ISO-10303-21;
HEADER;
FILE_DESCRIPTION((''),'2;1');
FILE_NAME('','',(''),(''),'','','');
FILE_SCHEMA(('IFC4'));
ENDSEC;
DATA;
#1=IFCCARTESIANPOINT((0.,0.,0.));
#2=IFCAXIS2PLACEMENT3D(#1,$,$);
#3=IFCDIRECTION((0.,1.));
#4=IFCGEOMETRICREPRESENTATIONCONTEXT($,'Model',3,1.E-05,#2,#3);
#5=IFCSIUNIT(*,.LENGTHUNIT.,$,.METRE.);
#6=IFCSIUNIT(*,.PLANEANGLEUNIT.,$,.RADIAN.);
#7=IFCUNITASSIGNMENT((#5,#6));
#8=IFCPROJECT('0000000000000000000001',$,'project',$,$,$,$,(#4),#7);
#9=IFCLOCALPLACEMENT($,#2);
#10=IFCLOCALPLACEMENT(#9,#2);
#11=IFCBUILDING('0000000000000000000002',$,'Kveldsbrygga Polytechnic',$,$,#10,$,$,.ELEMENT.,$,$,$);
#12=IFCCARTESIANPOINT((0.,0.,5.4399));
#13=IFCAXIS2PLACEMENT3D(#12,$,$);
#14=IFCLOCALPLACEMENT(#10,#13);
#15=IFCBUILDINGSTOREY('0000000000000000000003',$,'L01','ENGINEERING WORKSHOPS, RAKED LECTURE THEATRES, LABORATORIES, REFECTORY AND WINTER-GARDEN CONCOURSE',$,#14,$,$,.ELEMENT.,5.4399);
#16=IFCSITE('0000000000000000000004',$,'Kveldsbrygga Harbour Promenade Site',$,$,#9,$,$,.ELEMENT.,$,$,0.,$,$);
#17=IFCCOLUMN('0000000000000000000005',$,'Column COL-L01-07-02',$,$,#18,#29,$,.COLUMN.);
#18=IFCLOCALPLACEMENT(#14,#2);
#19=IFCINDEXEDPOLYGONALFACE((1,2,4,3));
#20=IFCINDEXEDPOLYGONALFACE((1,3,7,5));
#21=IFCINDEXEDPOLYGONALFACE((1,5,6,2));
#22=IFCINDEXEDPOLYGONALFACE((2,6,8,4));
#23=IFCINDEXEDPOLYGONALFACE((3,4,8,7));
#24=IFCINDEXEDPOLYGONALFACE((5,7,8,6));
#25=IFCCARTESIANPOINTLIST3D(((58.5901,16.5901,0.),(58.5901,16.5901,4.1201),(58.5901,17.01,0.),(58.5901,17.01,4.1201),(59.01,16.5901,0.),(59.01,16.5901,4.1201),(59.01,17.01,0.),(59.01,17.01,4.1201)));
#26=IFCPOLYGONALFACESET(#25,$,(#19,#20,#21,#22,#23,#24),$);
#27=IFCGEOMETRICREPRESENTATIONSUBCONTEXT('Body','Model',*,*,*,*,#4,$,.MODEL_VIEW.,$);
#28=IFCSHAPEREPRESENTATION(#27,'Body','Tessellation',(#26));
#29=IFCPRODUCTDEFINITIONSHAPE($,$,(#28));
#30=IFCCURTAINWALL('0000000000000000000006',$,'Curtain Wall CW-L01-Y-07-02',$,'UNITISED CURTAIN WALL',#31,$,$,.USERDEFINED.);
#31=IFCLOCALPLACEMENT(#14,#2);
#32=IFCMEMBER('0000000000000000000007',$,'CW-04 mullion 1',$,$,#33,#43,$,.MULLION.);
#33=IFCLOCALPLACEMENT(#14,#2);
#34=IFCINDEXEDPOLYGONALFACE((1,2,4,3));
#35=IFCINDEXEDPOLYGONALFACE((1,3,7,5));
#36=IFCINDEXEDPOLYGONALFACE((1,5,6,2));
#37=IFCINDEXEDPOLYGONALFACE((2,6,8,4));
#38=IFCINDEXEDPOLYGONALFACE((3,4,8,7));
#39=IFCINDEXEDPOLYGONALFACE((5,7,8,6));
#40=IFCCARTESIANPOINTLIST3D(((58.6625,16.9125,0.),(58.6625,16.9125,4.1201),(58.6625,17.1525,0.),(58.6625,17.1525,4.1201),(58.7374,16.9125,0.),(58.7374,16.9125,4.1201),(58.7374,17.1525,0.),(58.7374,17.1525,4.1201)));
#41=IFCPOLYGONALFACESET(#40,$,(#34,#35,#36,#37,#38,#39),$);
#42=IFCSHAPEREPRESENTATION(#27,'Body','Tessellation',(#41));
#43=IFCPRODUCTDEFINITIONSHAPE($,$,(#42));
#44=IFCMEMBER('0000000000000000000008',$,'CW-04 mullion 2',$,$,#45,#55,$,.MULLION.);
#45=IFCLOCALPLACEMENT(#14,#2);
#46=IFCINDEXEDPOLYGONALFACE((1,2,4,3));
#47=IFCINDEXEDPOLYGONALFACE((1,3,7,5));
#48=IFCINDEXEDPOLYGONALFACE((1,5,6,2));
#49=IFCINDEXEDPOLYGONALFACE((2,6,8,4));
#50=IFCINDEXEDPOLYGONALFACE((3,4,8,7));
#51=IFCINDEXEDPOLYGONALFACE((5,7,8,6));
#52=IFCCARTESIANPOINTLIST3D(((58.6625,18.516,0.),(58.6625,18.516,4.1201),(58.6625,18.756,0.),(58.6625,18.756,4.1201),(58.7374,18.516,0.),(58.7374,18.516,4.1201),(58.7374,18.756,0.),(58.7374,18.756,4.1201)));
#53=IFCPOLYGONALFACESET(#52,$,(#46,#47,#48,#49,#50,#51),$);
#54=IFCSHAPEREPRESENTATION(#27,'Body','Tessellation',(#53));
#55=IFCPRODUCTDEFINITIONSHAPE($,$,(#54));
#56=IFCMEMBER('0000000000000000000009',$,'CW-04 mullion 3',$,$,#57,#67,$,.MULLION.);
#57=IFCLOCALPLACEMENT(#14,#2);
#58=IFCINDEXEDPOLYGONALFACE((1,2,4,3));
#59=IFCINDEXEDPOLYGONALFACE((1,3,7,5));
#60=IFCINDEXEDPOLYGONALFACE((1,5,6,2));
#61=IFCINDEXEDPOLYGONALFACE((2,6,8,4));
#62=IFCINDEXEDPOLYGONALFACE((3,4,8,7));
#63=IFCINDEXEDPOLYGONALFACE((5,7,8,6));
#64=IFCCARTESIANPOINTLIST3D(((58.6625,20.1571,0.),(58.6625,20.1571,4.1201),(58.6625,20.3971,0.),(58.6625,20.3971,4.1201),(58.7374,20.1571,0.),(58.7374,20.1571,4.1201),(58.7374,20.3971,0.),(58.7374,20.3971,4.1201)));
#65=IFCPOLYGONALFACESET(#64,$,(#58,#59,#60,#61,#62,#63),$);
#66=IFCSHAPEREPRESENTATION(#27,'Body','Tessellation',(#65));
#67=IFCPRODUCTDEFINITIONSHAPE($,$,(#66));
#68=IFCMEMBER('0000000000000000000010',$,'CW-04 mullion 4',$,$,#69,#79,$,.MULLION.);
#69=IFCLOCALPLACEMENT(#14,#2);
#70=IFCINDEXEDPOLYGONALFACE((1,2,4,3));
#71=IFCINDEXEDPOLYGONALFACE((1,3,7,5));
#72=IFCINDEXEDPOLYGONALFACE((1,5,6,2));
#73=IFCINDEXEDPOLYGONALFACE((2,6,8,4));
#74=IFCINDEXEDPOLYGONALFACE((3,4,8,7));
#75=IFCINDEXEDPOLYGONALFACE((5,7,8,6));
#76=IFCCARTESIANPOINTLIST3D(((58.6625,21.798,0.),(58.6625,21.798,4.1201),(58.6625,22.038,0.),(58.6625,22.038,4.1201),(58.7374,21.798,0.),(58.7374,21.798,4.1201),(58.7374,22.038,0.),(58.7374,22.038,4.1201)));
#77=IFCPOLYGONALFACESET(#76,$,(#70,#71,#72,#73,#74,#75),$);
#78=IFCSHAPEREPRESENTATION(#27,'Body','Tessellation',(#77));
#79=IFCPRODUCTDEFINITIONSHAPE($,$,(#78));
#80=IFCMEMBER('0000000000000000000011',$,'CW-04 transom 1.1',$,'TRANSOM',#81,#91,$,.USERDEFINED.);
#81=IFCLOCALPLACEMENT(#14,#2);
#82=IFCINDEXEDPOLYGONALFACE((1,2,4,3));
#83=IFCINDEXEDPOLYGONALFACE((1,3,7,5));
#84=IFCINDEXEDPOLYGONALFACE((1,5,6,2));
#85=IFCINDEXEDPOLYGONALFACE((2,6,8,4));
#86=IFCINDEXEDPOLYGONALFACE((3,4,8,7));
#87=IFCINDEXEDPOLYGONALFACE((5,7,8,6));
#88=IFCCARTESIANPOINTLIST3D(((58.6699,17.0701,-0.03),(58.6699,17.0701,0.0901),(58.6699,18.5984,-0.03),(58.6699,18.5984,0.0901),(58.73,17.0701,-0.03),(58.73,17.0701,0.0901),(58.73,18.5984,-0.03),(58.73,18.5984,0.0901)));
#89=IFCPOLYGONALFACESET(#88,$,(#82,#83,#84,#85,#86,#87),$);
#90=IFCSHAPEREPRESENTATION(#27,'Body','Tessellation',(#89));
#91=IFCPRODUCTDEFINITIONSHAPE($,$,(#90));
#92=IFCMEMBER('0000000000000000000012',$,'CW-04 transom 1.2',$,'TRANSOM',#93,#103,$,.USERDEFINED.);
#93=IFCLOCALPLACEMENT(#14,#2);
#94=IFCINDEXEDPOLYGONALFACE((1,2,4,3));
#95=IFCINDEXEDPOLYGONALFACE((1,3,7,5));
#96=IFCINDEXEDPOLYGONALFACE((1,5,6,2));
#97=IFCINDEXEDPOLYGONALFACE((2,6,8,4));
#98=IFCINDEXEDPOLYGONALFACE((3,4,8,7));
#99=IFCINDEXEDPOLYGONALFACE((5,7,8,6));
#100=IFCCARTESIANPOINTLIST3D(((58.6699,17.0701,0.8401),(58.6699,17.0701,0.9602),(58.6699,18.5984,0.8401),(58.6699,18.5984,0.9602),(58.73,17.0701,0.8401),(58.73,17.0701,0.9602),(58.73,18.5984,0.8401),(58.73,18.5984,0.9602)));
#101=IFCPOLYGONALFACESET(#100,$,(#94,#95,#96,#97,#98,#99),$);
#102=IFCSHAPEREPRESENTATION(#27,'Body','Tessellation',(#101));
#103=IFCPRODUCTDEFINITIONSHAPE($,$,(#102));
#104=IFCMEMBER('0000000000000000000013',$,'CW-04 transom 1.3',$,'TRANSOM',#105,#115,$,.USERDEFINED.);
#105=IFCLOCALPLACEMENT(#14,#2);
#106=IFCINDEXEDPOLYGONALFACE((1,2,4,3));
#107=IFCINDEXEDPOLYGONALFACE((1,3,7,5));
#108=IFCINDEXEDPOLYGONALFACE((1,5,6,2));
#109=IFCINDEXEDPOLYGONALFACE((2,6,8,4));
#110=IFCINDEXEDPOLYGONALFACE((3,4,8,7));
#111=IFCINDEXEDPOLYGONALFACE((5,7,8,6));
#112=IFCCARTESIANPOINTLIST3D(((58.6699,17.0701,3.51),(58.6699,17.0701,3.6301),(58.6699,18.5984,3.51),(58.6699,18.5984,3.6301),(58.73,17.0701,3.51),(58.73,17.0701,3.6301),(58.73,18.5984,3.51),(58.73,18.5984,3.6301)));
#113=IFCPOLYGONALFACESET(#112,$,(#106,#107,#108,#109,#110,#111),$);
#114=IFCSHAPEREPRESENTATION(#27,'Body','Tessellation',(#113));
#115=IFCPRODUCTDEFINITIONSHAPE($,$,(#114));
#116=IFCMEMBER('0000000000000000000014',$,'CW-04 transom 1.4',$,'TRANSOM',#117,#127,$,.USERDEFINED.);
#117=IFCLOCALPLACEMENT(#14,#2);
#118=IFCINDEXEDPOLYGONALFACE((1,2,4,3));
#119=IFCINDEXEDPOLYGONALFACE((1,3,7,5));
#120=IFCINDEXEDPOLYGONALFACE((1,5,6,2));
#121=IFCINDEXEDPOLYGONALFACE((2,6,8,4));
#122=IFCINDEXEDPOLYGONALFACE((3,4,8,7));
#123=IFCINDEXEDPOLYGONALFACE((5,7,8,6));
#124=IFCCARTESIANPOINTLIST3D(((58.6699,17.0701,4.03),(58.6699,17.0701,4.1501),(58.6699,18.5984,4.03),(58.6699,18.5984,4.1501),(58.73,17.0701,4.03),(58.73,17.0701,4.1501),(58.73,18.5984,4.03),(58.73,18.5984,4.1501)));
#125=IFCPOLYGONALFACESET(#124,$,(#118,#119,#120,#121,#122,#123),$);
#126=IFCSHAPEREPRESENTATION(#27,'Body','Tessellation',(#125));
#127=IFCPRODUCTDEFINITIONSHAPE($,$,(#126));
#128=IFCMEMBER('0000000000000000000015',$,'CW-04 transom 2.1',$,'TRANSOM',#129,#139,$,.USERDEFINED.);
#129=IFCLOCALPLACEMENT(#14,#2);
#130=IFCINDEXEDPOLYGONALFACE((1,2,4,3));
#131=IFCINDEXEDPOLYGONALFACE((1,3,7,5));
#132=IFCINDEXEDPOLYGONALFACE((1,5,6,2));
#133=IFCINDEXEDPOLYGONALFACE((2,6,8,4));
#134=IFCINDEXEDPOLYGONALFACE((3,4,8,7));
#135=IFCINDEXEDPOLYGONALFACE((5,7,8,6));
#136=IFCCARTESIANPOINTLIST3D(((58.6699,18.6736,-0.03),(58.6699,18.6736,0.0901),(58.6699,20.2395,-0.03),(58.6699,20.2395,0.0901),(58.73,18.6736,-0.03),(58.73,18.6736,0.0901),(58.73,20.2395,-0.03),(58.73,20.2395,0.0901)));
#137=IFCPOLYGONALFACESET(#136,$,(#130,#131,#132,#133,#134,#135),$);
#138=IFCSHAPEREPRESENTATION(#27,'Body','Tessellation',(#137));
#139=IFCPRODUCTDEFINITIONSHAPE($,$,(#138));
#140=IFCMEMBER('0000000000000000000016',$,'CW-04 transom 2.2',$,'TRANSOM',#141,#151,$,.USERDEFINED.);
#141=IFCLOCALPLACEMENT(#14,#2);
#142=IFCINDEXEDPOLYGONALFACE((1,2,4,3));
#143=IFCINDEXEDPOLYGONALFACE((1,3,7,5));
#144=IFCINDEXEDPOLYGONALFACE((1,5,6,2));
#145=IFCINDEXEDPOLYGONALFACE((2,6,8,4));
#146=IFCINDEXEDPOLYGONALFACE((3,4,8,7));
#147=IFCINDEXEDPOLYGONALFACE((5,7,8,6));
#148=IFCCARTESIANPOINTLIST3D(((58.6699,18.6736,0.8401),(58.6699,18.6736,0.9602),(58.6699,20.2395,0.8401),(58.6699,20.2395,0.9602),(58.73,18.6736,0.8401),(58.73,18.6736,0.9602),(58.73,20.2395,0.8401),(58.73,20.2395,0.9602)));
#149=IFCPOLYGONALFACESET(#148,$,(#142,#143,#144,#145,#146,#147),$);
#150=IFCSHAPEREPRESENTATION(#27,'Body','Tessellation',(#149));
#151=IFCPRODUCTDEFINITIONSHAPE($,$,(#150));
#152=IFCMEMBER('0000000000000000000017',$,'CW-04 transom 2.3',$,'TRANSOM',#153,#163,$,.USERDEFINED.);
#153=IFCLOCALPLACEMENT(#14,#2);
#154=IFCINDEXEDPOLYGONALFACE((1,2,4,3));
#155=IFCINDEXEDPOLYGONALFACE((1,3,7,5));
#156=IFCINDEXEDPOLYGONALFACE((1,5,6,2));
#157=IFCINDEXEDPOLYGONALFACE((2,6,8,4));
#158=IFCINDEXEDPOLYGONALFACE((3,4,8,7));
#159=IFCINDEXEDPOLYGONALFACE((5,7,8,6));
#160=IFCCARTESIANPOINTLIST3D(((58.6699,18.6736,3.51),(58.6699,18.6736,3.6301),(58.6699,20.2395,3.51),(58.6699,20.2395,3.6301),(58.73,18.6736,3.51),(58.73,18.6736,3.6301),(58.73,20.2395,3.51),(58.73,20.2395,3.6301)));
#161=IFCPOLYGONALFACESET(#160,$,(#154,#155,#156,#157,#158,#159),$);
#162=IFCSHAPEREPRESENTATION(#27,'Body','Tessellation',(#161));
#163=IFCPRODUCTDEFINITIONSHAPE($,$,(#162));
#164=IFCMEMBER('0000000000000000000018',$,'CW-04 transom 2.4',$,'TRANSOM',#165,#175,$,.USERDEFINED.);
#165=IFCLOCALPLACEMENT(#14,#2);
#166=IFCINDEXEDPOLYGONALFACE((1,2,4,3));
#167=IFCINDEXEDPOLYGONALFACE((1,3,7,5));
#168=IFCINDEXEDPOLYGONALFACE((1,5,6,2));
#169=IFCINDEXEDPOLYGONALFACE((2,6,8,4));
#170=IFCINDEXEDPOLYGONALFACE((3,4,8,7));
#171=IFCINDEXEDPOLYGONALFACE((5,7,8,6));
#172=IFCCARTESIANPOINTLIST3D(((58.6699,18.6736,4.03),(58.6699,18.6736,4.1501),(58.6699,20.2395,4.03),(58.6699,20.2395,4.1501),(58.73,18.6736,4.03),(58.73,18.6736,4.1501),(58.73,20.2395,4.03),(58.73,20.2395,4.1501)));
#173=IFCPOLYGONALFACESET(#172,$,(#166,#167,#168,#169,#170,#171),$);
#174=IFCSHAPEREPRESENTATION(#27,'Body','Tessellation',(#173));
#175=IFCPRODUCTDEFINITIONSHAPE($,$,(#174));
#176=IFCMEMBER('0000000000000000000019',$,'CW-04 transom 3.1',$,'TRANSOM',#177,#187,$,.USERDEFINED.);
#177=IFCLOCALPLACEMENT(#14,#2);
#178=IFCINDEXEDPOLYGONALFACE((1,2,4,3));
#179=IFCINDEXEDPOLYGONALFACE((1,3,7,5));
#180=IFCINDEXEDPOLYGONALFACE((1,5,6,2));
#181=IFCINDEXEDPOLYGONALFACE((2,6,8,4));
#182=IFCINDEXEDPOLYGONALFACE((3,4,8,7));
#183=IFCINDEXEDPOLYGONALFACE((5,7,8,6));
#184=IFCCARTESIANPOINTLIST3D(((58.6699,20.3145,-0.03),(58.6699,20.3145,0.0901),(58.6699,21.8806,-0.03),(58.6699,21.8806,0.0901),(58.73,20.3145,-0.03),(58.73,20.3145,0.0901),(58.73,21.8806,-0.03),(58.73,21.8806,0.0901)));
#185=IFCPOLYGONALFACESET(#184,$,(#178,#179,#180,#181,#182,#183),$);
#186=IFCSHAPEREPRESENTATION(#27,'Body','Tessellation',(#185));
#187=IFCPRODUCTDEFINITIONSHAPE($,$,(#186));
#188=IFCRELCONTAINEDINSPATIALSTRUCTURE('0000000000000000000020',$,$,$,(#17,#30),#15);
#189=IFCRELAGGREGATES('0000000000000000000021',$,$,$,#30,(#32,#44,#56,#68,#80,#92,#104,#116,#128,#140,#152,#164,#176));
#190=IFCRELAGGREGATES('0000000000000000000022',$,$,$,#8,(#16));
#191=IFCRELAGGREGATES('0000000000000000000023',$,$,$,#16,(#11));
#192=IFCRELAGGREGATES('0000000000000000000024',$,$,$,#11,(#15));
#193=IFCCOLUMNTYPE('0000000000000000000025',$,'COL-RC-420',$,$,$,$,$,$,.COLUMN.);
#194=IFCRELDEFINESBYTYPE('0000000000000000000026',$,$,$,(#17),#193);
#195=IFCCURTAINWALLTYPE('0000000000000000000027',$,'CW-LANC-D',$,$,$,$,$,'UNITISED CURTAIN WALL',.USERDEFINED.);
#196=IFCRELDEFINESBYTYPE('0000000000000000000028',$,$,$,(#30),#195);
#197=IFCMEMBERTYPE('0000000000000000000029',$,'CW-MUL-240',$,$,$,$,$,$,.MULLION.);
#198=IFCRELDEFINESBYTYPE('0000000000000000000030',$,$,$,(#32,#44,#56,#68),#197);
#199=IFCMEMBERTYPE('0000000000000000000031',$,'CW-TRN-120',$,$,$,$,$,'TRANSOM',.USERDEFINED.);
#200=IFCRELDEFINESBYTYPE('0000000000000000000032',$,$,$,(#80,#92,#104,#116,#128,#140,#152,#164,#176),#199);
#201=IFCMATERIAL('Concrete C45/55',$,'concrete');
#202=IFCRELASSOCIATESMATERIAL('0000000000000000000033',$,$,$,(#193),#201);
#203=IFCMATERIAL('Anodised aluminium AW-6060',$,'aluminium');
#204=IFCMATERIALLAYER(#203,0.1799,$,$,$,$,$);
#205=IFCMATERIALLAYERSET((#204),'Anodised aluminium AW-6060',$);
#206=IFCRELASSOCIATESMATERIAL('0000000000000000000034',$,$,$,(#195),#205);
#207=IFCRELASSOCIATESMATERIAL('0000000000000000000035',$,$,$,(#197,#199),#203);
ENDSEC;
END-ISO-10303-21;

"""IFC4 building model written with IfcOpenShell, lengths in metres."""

from ifc_helpers import new_model, si_unit, direction, frame, origin, origin_2d, place, context, subcontext, project, spatial, rectangle, extrude, material, layer, layer_set, material_profile, profile_set, type_object, element, aggregate, save


model = new_model("IFC4")

# Units and contexts
model_context = context("Model", 3, precision=1e-05, world=origin(), true_north=direction((0.0, 1.0)))
body_context = subcontext(model_context, "Body", "Model", "MODEL_VIEW")
ifc_project = project(units=[si_unit("LENGTHUNIT", "METRE"), si_unit("PLANEANGLEUNIT", "RADIAN")], contexts=[model_context])

# Site, building, storey
site_placement = place(None, origin())
site = spatial("IfcSite", under=ifc_project, at=site_placement, Name="Kveldsbrygga Harbour Promenade Site", CompositionType="ELEMENT", RefElevation=0.0)
building_placement = place(site_placement, origin())
building = spatial("IfcBuilding", under=site, at=building_placement, Name="Kveldsbrygga Polytechnic", CompositionType="ELEMENT")
storey_placement = place(building_placement, frame((0.0, 0.0, 5.4399)))
storey = spatial("IfcBuildingStorey", under=building, at=storey_placement, Name="L01", Description="ENGINEERING WORKSHOPS, RAKED LECTURE THEATRES, LABORATORIES, REFECTORY AND WINTER-GARDEN CONCOURSE", CompositionType="ELEMENT", Elevation=5.4399)

# Column
ifc_material_1 = material(Name="Concrete C45/55", Category="concrete")
ifc_material_profile_1 = material_profile(ifc_material_1, rectangle(XDim=0.4199, YDim=0.4199, at=origin_2d()), Name="RC 420x420")
ifc_profile_set_1 = profile_set([ifc_material_profile_1], Name="Concrete C45/55")
column_type = type_object("IfcColumnType", Name="COL-RC-420", PredefinedType="COLUMN", material=ifc_profile_set_1)
column_placement = place(storey_placement, frame((58.8, 16.8, 0.0), z_axis=(0.0, 0.0, 1.0), x_axis=(1.0, 0.0, 0.0)))
element("IfcColumn", 1, at=column_placement, inside=storey, type_object=column_type, Name="Column COL-L01-07-02", PredefinedType="COLUMN", context=body_context, shape_type="SweptSolid", body=[
    extrude(rectangle(XDim=0.4199, YDim=0.4199, at=origin_2d()), origin(), (0.0, 0.0, 1.0), 4.1201),
])

# Curtain wall, members
ifc_material_2 = material(Name="Anodised aluminium AW-6060", Category="aluminium")
ifc_layer_1 = layer(ifc_material_2, 0.1799)
ifc_layer_set_1 = layer_set([ifc_layer_1], Name="Anodised aluminium AW-6060")
curtain_wall_type = type_object("IfcCurtainWallType", Name="CW-LANC-D", ElementType="UNITISED CURTAIN WALL", PredefinedType="USERDEFINED", material=ifc_layer_set_1)
curtain_wall_placement = place(storey_placement, origin())
curtain_wall = element("IfcCurtainWall", 2, at=curtain_wall_placement, inside=storey, type_object=curtain_wall_type, Name="Curtain Wall CW-L01-Y-07-02", ObjectType="UNITISED CURTAIN WALL", PredefinedType="USERDEFINED")
ifc_material_profile_2 = material_profile(ifc_material_2, rectangle(XDim=0.075, YDim=0.24, at=origin_2d()), Name="ALU 75x240")
ifc_profile_set_2 = profile_set([ifc_material_profile_2], Name="Anodised aluminium AW-6060")
member_type_1 = type_object("IfcMemberType", Name="CW-MUL-240", PredefinedType="MULLION", material=ifc_profile_set_2)
member_1_placement = place(storey_placement, frame((58.7, 17.0325, 0.0), z_axis=(0.0, 0.0, 1.0), x_axis=(-1.0, 0.0, 0.0)))
member_1 = element("IfcMember", 3, at=member_1_placement, type_object=member_type_1, Name="CW-04 mullion 1", PredefinedType="MULLION", context=body_context, shape_type="SweptSolid", body=[
    extrude(rectangle(XDim=0.075, YDim=0.24, at=origin_2d()), origin(), (0.0, 0.0, 1.0), 4.1201),
])
member_2_placement = place(storey_placement, frame((58.7, 18.636, 0.0), z_axis=(0.0, 0.0, 1.0), x_axis=(-1.0, 0.0, 0.0)))
member_2 = element("IfcMember", 4, at=member_2_placement, type_object=member_type_1, Name="CW-04 mullion 2", PredefinedType="MULLION", context=body_context, shape_type="SweptSolid", body=[
    extrude(rectangle(XDim=0.075, YDim=0.24, at=origin_2d()), origin(), (0.0, 0.0, 1.0), 4.1201),
])
member_3_placement = place(storey_placement, frame((58.7, 20.2771, 0.0), z_axis=(0.0, 0.0, 1.0), x_axis=(-1.0, 0.0, 0.0)))
member_3 = element("IfcMember", 5, at=member_3_placement, type_object=member_type_1, Name="CW-04 mullion 3", PredefinedType="MULLION", context=body_context, shape_type="SweptSolid", body=[
    extrude(rectangle(XDim=0.075, YDim=0.24, at=origin_2d()), origin(), (0.0, 0.0, 1.0), 4.1201),
])
member_4_placement = place(storey_placement, frame((58.7, 21.918, 0.0), z_axis=(0.0, 0.0, 1.0), x_axis=(-1.0, 0.0, 0.0)))
member_4 = element("IfcMember", 6, at=member_4_placement, type_object=member_type_1, Name="CW-04 mullion 4", PredefinedType="MULLION", context=body_context, shape_type="SweptSolid", body=[
    extrude(rectangle(XDim=0.075, YDim=0.24, at=origin_2d()), origin(), (0.0, 0.0, 1.0), 4.1201),
])
ifc_material_profile_3 = material_profile(ifc_material_2, rectangle(XDim=0.0601, YDim=0.1201, at=origin_2d()), Name="ALU 60x120")
ifc_profile_set_3 = profile_set([ifc_material_profile_3], Name="Anodised aluminium AW-6060")
member_type_2 = type_object("IfcMemberType", Name="CW-TRN-120", ElementType="TRANSOM", PredefinedType="USERDEFINED", material=ifc_profile_set_3)
member_5_placement = place(storey_placement, frame((58.7, 17.0701, 0.03), z_axis=(0.0, 1.0, 0.0), x_axis=(-1.0, 0.0, 0.0)))
member_5 = element("IfcMember", 7, at=member_5_placement, type_object=member_type_2, Name="CW-04 transom 1.1", ObjectType="TRANSOM", PredefinedType="USERDEFINED", context=body_context, shape_type="SweptSolid", body=[
    extrude(rectangle(XDim=0.0601, YDim=0.1201, at=origin_2d()), origin(), (0.0, 0.0, 1.0), 1.5283),
])
member_6_placement = place(storey_placement, frame((58.7, 17.0701, 0.9001), z_axis=(0.0, 1.0, 0.0), x_axis=(-1.0, 0.0, 0.0)))
member_6 = element("IfcMember", 8, at=member_6_placement, type_object=member_type_2, Name="CW-04 transom 1.2", ObjectType="TRANSOM", PredefinedType="USERDEFINED", context=body_context, shape_type="SweptSolid", body=[
    extrude(rectangle(XDim=0.0601, YDim=0.1201, at=origin_2d()), origin(), (0.0, 0.0, 1.0), 1.5283),
])
member_7_placement = place(storey_placement, frame((58.7, 17.0701, 3.5701), z_axis=(0.0, 1.0, 0.0), x_axis=(-1.0, 0.0, 0.0)))
member_7 = element("IfcMember", 9, at=member_7_placement, type_object=member_type_2, Name="CW-04 transom 1.3", ObjectType="TRANSOM", PredefinedType="USERDEFINED", context=body_context, shape_type="SweptSolid", body=[
    extrude(rectangle(XDim=0.0601, YDim=0.1201, at=origin_2d()), origin(), (0.0, 0.0, 1.0), 1.5283),
])
member_8_placement = place(storey_placement, frame((58.7, 17.0701, 4.0901), z_axis=(0.0, 1.0, 0.0), x_axis=(-1.0, 0.0, 0.0)))
member_8 = element("IfcMember", 10, at=member_8_placement, type_object=member_type_2, Name="CW-04 transom 1.4", ObjectType="TRANSOM", PredefinedType="USERDEFINED", context=body_context, shape_type="SweptSolid", body=[
    extrude(rectangle(XDim=0.0601, YDim=0.1201, at=origin_2d()), origin(), (0.0, 0.0, 1.0), 1.5283),
])
member_9_placement = place(storey_placement, frame((58.7, 18.6736, 0.03), z_axis=(0.0, 1.0, 0.0), x_axis=(-1.0, 0.0, 0.0)))
member_9 = element("IfcMember", 11, at=member_9_placement, type_object=member_type_2, Name="CW-04 transom 2.1", ObjectType="TRANSOM", PredefinedType="USERDEFINED", context=body_context, shape_type="SweptSolid", body=[
    extrude(rectangle(XDim=0.0601, YDim=0.1201, at=origin_2d()), origin(), (0.0, 0.0, 1.0), 1.5659),
])
member_10_placement = place(storey_placement, frame((58.7, 18.6736, 0.9001), z_axis=(0.0, 1.0, 0.0), x_axis=(-1.0, 0.0, 0.0)))
member_10 = element("IfcMember", 12, at=member_10_placement, type_object=member_type_2, Name="CW-04 transom 2.2", ObjectType="TRANSOM", PredefinedType="USERDEFINED", context=body_context, shape_type="SweptSolid", body=[
    extrude(rectangle(XDim=0.0601, YDim=0.1201, at=origin_2d()), origin(), (0.0, 0.0, 1.0), 1.5659),
])
member_11_placement = place(storey_placement, frame((58.7, 18.6736, 3.5701), z_axis=(0.0, 1.0, 0.0), x_axis=(-1.0, 0.0, 0.0)))
member_11 = element("IfcMember", 13, at=member_11_placement, type_object=member_type_2, Name="CW-04 transom 2.3", ObjectType="TRANSOM", PredefinedType="USERDEFINED", context=body_context, shape_type="SweptSolid", body=[
    extrude(rectangle(XDim=0.0601, YDim=0.1201, at=origin_2d()), origin(), (0.0, 0.0, 1.0), 1.5659),
])
member_12_placement = place(storey_placement, frame((58.7, 18.6736, 4.0901), z_axis=(0.0, 1.0, 0.0), x_axis=(-1.0, 0.0, 0.0)))
member_12 = element("IfcMember", 14, at=member_12_placement, type_object=member_type_2, Name="CW-04 transom 2.4", ObjectType="TRANSOM", PredefinedType="USERDEFINED", context=body_context, shape_type="SweptSolid", body=[
    extrude(rectangle(XDim=0.0601, YDim=0.1201, at=origin_2d()), origin(), (0.0, 0.0, 1.0), 1.5659),
])
member_13_placement = place(storey_placement, frame((58.7, 20.3145, 0.03), z_axis=(0.0, 1.0, 0.0), x_axis=(-1.0, 0.0, 0.0)))
member_13 = element("IfcMember", 15, at=member_13_placement, type_object=member_type_2, Name="CW-04 transom 3.1", ObjectType="TRANSOM", PredefinedType="USERDEFINED", context=body_context, shape_type="SweptSolid", body=[
    extrude(rectangle(XDim=0.0601, YDim=0.1201, at=origin_2d()), origin(), (0.0, 0.0, 1.0), 1.5662),
])

aggregate(curtain_wall, [member_1, member_2, member_3, member_4, member_5, member_6, member_7, member_8, member_9, member_10, member_11, member_12, member_13])

save(model, "model.ifc")
